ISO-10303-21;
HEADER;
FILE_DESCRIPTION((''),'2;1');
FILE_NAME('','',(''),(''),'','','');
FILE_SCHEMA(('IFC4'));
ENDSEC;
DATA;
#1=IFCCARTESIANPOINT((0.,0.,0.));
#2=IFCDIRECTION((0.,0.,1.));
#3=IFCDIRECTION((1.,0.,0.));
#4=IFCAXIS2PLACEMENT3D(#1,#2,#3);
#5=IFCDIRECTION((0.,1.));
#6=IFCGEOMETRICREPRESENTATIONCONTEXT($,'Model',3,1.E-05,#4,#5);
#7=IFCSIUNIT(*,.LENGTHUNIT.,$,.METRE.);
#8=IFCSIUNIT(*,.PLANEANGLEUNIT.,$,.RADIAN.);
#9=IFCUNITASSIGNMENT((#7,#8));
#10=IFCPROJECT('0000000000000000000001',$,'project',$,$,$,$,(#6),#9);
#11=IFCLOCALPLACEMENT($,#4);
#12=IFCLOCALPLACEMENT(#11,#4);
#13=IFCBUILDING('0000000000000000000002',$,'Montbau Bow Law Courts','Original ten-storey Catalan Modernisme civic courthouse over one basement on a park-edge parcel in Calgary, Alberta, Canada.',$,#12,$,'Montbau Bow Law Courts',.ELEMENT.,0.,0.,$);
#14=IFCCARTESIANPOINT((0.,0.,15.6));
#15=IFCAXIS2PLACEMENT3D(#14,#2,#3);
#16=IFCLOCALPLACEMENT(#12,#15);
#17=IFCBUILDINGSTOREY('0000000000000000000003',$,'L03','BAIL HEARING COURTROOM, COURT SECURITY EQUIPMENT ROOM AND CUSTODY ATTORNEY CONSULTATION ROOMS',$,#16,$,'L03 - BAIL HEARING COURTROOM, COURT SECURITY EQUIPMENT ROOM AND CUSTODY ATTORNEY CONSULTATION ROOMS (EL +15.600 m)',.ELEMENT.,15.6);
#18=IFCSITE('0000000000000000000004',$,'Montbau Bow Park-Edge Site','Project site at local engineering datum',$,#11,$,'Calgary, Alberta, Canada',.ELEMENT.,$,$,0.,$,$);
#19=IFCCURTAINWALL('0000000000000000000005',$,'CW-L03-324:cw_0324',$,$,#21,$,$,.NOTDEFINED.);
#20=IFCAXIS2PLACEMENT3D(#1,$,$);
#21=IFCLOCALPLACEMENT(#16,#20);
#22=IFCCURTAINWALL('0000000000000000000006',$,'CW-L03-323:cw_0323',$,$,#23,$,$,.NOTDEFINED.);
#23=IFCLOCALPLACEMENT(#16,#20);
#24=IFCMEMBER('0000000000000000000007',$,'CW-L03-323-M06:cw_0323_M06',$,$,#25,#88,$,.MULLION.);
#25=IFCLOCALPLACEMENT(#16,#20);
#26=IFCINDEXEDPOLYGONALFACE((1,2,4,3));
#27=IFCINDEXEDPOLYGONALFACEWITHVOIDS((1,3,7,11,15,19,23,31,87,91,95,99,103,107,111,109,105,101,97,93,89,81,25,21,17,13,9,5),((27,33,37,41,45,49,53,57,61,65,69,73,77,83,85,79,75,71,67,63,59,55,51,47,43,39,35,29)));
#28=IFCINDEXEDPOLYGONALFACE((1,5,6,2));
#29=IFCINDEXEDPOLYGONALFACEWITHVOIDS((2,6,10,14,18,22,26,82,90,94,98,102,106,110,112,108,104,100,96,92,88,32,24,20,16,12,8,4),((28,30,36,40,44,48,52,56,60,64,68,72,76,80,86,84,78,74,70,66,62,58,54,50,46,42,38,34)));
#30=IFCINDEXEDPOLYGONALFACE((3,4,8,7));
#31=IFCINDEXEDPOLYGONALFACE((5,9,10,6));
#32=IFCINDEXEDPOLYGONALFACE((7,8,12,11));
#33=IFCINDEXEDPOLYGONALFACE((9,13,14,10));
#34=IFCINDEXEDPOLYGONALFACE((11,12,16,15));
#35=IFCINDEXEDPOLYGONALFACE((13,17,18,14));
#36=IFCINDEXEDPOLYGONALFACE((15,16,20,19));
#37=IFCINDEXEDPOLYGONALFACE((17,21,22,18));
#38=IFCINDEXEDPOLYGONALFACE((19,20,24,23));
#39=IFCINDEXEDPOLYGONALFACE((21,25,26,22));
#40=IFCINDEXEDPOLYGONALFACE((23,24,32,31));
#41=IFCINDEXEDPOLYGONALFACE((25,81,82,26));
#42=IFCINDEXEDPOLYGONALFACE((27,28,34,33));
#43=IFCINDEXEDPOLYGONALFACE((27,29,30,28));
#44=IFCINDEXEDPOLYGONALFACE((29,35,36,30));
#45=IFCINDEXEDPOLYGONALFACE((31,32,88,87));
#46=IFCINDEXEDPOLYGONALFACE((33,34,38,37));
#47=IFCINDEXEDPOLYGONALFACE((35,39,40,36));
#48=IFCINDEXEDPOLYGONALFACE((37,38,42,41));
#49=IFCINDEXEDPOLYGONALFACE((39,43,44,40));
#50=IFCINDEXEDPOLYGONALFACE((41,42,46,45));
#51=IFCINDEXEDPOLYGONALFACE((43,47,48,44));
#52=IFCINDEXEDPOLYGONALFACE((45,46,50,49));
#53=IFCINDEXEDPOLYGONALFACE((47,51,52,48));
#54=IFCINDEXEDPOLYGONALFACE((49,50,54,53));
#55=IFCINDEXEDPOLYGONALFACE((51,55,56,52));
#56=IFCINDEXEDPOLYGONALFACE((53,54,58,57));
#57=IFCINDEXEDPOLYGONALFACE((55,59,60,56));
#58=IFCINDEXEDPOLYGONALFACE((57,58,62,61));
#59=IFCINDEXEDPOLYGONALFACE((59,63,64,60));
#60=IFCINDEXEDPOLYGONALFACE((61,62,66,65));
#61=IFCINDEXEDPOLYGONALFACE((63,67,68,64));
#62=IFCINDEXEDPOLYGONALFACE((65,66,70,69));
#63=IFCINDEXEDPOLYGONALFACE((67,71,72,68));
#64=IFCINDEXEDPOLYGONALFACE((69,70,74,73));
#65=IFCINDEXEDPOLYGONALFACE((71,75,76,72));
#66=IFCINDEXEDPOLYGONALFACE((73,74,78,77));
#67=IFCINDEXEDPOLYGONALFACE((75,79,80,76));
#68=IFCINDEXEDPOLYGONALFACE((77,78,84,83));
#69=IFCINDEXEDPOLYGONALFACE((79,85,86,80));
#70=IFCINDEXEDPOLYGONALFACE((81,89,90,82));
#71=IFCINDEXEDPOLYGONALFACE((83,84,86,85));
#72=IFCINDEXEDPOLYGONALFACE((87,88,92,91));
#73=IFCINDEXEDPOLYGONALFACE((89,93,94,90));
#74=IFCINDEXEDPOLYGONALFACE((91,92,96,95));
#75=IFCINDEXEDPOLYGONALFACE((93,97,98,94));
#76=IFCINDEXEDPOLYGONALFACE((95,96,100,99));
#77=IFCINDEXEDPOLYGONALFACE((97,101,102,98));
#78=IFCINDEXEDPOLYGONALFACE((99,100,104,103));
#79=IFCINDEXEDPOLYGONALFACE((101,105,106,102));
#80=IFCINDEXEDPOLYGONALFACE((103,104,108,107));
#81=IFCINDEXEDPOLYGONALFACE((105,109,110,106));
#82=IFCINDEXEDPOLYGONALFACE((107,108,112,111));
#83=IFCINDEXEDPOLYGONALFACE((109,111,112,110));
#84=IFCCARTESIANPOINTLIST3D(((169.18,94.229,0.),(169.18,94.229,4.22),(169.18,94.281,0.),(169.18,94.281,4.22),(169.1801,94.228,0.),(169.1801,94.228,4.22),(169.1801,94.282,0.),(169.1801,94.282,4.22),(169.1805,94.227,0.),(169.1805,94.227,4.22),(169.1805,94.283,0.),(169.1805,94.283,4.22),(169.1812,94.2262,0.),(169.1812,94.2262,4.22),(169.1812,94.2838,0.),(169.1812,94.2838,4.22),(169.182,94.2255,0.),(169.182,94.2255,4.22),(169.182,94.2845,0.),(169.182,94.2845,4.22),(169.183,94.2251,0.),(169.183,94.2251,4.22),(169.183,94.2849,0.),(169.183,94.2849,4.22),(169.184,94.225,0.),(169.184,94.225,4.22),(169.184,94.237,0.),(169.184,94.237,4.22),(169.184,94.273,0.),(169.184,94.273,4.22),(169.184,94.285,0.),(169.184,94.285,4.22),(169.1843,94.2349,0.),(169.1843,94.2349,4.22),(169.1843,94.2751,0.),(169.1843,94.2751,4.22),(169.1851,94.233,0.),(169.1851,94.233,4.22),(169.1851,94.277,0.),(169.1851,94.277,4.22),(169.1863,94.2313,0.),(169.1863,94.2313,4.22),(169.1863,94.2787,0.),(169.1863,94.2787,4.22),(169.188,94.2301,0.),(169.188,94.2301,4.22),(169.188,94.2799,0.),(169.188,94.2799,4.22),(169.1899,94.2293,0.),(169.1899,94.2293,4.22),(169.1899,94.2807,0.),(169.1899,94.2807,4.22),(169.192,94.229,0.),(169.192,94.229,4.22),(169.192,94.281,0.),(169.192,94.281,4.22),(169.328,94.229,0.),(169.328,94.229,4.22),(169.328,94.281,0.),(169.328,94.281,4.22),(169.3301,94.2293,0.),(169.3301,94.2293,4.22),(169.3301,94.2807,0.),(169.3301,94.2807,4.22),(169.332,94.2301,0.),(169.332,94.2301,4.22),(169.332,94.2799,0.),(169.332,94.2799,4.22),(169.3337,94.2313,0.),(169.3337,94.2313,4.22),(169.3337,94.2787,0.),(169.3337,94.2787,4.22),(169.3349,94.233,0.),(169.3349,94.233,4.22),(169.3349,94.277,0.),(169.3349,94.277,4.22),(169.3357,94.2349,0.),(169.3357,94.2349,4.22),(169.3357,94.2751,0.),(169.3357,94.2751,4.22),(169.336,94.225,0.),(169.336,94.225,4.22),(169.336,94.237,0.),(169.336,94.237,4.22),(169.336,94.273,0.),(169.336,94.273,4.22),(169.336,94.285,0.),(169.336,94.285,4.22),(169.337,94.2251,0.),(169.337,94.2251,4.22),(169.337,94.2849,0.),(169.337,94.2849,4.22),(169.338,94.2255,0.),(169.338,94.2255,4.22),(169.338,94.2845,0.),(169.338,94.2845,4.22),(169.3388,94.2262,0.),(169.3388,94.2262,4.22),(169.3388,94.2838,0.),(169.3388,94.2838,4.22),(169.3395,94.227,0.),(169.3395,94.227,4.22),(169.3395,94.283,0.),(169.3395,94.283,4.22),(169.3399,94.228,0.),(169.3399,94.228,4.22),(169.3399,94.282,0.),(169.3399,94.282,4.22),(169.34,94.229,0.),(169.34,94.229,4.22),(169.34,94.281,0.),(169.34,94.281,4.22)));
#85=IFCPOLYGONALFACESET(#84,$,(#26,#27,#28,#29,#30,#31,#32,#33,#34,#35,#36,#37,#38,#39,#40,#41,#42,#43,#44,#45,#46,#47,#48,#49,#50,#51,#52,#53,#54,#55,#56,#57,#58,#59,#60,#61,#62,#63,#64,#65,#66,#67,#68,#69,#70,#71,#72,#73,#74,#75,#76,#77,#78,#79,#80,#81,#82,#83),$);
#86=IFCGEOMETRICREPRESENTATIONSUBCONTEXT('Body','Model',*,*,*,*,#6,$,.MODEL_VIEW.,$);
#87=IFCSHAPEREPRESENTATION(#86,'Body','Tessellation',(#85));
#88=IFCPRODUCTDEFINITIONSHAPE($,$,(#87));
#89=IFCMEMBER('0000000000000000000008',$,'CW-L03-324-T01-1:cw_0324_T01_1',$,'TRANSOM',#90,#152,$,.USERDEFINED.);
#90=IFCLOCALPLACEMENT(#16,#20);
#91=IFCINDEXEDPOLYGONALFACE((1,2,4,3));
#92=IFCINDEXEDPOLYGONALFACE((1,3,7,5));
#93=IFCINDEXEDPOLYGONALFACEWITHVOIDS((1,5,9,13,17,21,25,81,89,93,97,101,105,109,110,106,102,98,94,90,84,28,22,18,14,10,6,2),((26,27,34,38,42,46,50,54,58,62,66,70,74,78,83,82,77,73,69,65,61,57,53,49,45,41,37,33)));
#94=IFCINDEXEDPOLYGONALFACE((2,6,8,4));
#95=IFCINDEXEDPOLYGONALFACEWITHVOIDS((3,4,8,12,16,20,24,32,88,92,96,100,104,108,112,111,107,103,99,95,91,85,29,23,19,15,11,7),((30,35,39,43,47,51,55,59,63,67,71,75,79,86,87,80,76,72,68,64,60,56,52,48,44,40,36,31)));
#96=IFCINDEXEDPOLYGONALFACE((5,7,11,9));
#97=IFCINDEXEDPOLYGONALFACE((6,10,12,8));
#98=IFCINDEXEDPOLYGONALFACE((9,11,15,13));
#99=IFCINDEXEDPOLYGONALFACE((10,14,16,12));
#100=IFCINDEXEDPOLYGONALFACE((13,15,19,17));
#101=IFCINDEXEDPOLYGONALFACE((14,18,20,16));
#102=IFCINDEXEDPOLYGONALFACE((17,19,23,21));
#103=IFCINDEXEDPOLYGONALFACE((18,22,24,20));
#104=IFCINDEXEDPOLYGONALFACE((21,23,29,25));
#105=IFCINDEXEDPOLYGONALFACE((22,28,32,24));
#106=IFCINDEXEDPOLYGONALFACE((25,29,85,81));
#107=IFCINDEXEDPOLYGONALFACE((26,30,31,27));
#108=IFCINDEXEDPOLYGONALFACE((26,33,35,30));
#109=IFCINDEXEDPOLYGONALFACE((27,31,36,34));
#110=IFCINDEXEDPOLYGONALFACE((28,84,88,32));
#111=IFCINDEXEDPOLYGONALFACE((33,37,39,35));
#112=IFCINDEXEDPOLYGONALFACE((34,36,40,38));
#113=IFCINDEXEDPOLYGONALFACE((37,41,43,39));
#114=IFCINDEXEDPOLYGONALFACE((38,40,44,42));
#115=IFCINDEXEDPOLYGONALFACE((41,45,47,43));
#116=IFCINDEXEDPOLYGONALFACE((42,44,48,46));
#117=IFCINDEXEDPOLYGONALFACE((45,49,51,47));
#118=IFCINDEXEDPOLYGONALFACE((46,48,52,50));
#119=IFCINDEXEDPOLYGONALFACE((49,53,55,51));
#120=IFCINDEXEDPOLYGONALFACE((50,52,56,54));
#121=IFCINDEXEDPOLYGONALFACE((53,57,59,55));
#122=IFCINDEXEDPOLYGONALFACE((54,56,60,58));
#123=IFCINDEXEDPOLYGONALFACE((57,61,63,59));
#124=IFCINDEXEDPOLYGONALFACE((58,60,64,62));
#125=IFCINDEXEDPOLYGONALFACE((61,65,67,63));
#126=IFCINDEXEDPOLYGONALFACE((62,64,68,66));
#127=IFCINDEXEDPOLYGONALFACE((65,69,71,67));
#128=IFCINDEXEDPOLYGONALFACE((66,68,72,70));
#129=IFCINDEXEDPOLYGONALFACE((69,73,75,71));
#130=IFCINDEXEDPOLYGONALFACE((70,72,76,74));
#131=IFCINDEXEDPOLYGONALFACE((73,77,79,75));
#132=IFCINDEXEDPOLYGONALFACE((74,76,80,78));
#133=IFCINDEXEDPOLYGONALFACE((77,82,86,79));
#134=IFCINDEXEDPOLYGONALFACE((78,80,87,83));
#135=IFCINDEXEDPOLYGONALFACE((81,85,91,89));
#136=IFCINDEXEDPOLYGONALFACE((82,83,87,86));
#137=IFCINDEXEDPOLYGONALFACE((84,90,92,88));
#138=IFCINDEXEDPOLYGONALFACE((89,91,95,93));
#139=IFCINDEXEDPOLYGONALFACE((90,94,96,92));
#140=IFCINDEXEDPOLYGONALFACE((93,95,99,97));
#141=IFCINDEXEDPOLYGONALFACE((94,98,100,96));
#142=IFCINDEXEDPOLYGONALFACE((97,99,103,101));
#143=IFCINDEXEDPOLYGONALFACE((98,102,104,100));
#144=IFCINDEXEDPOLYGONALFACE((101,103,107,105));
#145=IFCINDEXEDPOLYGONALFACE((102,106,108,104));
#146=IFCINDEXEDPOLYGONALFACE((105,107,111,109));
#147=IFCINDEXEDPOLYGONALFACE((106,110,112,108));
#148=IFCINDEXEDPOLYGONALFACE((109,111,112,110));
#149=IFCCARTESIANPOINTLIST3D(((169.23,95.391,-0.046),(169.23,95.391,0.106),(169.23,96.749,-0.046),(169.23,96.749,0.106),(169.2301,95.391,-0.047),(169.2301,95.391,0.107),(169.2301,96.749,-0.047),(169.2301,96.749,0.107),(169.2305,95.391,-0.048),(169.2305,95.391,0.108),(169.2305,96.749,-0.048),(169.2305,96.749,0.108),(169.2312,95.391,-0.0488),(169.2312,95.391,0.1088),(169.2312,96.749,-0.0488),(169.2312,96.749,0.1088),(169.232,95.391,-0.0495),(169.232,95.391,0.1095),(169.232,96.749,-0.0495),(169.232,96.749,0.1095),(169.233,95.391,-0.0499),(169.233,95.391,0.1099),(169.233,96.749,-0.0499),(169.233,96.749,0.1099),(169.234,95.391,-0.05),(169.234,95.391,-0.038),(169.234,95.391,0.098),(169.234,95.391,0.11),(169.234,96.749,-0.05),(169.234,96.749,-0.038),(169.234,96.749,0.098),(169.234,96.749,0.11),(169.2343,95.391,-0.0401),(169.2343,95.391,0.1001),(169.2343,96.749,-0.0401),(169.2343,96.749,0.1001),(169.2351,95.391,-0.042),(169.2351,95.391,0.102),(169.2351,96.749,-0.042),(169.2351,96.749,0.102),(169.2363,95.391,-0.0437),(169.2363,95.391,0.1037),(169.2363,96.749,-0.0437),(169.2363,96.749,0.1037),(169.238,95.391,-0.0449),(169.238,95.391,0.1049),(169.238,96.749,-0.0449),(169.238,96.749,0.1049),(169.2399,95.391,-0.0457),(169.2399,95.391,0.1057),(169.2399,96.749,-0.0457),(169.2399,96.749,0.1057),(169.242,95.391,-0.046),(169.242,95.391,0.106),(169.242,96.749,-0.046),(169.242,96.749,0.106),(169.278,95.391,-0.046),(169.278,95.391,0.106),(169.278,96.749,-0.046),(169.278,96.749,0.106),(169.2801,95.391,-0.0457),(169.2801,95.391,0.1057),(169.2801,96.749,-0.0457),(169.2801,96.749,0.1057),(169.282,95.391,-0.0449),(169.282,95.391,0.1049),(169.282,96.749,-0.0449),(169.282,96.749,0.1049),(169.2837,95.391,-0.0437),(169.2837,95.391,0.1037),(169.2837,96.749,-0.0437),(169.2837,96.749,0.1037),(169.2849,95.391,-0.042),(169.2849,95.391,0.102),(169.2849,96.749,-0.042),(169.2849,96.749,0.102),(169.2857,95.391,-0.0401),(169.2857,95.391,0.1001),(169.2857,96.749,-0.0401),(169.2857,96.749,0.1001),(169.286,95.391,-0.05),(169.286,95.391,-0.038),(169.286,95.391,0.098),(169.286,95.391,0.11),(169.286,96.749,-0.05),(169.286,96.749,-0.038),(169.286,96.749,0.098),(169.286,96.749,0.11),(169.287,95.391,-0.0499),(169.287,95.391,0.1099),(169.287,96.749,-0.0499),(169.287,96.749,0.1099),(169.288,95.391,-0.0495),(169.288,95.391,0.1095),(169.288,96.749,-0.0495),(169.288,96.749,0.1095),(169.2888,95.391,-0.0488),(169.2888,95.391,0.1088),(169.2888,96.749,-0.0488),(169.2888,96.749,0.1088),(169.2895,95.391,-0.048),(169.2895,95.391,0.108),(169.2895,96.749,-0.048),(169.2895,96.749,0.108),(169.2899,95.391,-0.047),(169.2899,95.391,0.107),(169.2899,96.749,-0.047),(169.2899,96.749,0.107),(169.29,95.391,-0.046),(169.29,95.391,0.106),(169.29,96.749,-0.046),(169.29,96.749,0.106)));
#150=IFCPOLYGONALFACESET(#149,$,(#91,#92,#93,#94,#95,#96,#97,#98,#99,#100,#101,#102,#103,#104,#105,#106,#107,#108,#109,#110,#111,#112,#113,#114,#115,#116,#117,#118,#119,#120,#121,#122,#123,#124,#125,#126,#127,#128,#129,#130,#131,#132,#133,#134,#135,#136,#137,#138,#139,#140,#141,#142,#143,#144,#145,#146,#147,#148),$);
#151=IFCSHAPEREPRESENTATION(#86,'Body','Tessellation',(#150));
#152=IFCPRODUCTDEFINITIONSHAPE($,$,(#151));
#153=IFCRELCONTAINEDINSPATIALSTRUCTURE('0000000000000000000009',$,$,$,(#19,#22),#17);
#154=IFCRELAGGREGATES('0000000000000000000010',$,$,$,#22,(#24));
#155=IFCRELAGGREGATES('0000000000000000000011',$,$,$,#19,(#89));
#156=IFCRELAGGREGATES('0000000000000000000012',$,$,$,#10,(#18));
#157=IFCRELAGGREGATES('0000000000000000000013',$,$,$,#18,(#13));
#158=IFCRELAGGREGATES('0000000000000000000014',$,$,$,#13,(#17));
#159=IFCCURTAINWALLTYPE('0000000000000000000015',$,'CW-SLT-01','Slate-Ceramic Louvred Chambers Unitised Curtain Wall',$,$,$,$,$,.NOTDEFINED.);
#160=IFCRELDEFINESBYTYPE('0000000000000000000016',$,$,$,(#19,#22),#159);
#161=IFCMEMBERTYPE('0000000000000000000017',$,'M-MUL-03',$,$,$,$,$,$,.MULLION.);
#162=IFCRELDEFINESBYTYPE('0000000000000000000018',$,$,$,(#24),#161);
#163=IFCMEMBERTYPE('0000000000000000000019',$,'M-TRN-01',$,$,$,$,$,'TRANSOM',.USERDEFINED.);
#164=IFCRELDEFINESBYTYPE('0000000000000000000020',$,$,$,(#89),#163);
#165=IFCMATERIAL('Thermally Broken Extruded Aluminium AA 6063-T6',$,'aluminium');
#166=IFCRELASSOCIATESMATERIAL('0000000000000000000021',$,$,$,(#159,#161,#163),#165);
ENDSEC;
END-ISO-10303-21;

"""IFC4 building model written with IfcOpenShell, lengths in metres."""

from ifc_helpers import new_model, si_unit, direction, frame, origin_with_axes, origin_2d_with_axis, place, context, subcontext, project, spatial, hollow_rectangle, extrude, material, material_profile, profile_set, type_object, element, aggregate, save


model = new_model("IFC4")

# Units and contexts
model_context = context("Model", 3, precision=1e-05, world=origin_with_axes(), true_north=direction((0.0, 1.0)))
body_context = subcontext(model_context, "Body", "Model", "MODEL_VIEW")
ifc_project = project(units=[si_unit("LENGTHUNIT", "METRE"), si_unit("PLANEANGLEUNIT", "RADIAN")], contexts=[model_context])

# Site, building, storey
site_placement = place(None, origin_with_axes())
site = spatial("IfcSite", under=ifc_project, at=site_placement, Name="Montbau Bow Park-Edge Site", Description="Project site at local engineering datum", LongName="Calgary, Alberta, Canada", CompositionType="ELEMENT", RefElevation=0.0)
building_placement = place(site_placement, origin_with_axes())
building = spatial("IfcBuilding", under=site, at=building_placement, Name="Montbau Bow Law Courts", Description="Original ten-storey Catalan Modernisme civic courthouse over one basement on a park-edge parcel in Calgary, Alberta, Canada.", LongName="Montbau Bow Law Courts", CompositionType="ELEMENT", ElevationOfRefHeight=0.0, ElevationOfTerrain=0.0)
storey_placement = place(building_placement, frame((0.0, 0.0, 15.6), z_axis=(0.0, 0.0, 1.0), x_axis=(1.0, 0.0, 0.0)))
storey = spatial("IfcBuildingStorey", under=building, at=storey_placement, Name="L03", Description="BAIL HEARING COURTROOM, COURT SECURITY EQUIPMENT ROOM AND CUSTODY ATTORNEY CONSULTATION ROOMS", LongName="L03 - BAIL HEARING COURTROOM, COURT SECURITY EQUIPMENT ROOM AND CUSTODY ATTORNEY CONSULTATION ROOMS (EL +15.600 m)", CompositionType="ELEMENT", Elevation=15.6)

# Curtain wall
ifc_material_1 = material(Name="Thermally Broken Extruded Aluminium AA 6063-T6", Category="aluminium")
curtain_wall_type = type_object("IfcCurtainWallType", Name="CW-SLT-01", Description="Slate-Ceramic Louvred Chambers Unitised Curtain Wall", PredefinedType="NOTDEFINED", material=ifc_material_1)
curtain_wall_1_placement = place(None, frame((169.26, 95.315, 15.6), z_axis=(0.0, 0.0, 1.0), x_axis=(1.0, 0.0, 0.0)))
curtain_wall_1 = element("IfcCurtainWall", 1, at=curtain_wall_1_placement, inside=storey, type_object=curtain_wall_type, Name="CW-L03-324:cw_0324", PredefinedType="NOTDEFINED")

# Curtain wall, member
curtain_wall_2_placement = place(None, frame((169.26, 86.915, 15.6), z_axis=(0.0, 0.0, 1.0), x_axis=(1.0, 0.0, 0.0)))
curtain_wall_2 = element("IfcCurtainWall", 2, at=curtain_wall_2_placement, inside=storey, type_object=curtain_wall_type, Name="CW-L03-323:cw_0323", PredefinedType="NOTDEFINED")
ifc_material_profile_1 = material_profile(ifc_material_1, hollow_rectangle(XDim=0.06, YDim=0.16, WallThickness=0.004, InnerFilletRadius=0.008, OuterFilletRadius=0.004, at=origin_2d_with_axis()), Name="CWM-160X60", Category="Main", Priority=0)
ifc_profile_set_1 = profile_set([ifc_material_profile_1], Name="Thermally Broken Extruded Aluminium AA 6063-T6")
member_type_1 = type_object("IfcMemberType", Name="M-MUL-03", PredefinedType="MULLION", material=ifc_profile_set_1)
member_1_placement = place(None, frame((169.26, 94.255, 15.6), z_axis=(0.0, 0.0, 1.0), x_axis=(0.0, 1.0, 0.0)))
member_1 = element("IfcMember", 3, at=member_1_placement, type_object=member_type_1, Name="CW-L03-323-M06:cw_0323_M06", PredefinedType="MULLION", context=body_context, shape_type="SweptSolid", body=[
    extrude(hollow_rectangle(XDim=0.06, YDim=0.16, WallThickness=0.004, InnerFilletRadius=0.008, OuterFilletRadius=0.004, at=origin_2d_with_axis()), origin_with_axes(), (0.0, 0.0, 1.0), 4.22),
])
aggregate(curtain_wall_2, [member_1])

# Member
ifc_material_profile_2 = material_profile(ifc_material_1, hollow_rectangle(XDim=0.06, YDim=0.16, WallThickness=0.004, InnerFilletRadius=0.008, OuterFilletRadius=0.004, at=origin_2d_with_axis()), Name="CWT-160X60", Category="Main", Priority=0)
ifc_profile_set_2 = profile_set([ifc_material_profile_2], Name="Thermally Broken Extruded Aluminium AA 6063-T6")
member_type_2 = type_object("IfcMemberType", Name="M-TRN-01", ElementType="TRANSOM", PredefinedType="USERDEFINED", material=ifc_profile_set_2)
member_2_placement = place(None, frame((169.26, 95.391, 15.63), z_axis=(0.0, 1.0, 0.0), x_axis=(-1.0, 0.0, 0.0)))
member_2 = element("IfcMember", 4, at=member_2_placement, type_object=member_type_2, Name="CW-L03-324-T01-1:cw_0324_T01_1", ObjectType="TRANSOM", PredefinedType="USERDEFINED", context=body_context, shape_type="SweptSolid", body=[
    extrude(hollow_rectangle(XDim=0.06, YDim=0.16, WallThickness=0.004, InnerFilletRadius=0.008, OuterFilletRadius=0.004, at=origin_2d_with_axis()), origin_with_axes(), (0.0, 0.0, 1.0), 1.358),
])

aggregate(curtain_wall_1, [member_2])

save(model, "model.ifc")
